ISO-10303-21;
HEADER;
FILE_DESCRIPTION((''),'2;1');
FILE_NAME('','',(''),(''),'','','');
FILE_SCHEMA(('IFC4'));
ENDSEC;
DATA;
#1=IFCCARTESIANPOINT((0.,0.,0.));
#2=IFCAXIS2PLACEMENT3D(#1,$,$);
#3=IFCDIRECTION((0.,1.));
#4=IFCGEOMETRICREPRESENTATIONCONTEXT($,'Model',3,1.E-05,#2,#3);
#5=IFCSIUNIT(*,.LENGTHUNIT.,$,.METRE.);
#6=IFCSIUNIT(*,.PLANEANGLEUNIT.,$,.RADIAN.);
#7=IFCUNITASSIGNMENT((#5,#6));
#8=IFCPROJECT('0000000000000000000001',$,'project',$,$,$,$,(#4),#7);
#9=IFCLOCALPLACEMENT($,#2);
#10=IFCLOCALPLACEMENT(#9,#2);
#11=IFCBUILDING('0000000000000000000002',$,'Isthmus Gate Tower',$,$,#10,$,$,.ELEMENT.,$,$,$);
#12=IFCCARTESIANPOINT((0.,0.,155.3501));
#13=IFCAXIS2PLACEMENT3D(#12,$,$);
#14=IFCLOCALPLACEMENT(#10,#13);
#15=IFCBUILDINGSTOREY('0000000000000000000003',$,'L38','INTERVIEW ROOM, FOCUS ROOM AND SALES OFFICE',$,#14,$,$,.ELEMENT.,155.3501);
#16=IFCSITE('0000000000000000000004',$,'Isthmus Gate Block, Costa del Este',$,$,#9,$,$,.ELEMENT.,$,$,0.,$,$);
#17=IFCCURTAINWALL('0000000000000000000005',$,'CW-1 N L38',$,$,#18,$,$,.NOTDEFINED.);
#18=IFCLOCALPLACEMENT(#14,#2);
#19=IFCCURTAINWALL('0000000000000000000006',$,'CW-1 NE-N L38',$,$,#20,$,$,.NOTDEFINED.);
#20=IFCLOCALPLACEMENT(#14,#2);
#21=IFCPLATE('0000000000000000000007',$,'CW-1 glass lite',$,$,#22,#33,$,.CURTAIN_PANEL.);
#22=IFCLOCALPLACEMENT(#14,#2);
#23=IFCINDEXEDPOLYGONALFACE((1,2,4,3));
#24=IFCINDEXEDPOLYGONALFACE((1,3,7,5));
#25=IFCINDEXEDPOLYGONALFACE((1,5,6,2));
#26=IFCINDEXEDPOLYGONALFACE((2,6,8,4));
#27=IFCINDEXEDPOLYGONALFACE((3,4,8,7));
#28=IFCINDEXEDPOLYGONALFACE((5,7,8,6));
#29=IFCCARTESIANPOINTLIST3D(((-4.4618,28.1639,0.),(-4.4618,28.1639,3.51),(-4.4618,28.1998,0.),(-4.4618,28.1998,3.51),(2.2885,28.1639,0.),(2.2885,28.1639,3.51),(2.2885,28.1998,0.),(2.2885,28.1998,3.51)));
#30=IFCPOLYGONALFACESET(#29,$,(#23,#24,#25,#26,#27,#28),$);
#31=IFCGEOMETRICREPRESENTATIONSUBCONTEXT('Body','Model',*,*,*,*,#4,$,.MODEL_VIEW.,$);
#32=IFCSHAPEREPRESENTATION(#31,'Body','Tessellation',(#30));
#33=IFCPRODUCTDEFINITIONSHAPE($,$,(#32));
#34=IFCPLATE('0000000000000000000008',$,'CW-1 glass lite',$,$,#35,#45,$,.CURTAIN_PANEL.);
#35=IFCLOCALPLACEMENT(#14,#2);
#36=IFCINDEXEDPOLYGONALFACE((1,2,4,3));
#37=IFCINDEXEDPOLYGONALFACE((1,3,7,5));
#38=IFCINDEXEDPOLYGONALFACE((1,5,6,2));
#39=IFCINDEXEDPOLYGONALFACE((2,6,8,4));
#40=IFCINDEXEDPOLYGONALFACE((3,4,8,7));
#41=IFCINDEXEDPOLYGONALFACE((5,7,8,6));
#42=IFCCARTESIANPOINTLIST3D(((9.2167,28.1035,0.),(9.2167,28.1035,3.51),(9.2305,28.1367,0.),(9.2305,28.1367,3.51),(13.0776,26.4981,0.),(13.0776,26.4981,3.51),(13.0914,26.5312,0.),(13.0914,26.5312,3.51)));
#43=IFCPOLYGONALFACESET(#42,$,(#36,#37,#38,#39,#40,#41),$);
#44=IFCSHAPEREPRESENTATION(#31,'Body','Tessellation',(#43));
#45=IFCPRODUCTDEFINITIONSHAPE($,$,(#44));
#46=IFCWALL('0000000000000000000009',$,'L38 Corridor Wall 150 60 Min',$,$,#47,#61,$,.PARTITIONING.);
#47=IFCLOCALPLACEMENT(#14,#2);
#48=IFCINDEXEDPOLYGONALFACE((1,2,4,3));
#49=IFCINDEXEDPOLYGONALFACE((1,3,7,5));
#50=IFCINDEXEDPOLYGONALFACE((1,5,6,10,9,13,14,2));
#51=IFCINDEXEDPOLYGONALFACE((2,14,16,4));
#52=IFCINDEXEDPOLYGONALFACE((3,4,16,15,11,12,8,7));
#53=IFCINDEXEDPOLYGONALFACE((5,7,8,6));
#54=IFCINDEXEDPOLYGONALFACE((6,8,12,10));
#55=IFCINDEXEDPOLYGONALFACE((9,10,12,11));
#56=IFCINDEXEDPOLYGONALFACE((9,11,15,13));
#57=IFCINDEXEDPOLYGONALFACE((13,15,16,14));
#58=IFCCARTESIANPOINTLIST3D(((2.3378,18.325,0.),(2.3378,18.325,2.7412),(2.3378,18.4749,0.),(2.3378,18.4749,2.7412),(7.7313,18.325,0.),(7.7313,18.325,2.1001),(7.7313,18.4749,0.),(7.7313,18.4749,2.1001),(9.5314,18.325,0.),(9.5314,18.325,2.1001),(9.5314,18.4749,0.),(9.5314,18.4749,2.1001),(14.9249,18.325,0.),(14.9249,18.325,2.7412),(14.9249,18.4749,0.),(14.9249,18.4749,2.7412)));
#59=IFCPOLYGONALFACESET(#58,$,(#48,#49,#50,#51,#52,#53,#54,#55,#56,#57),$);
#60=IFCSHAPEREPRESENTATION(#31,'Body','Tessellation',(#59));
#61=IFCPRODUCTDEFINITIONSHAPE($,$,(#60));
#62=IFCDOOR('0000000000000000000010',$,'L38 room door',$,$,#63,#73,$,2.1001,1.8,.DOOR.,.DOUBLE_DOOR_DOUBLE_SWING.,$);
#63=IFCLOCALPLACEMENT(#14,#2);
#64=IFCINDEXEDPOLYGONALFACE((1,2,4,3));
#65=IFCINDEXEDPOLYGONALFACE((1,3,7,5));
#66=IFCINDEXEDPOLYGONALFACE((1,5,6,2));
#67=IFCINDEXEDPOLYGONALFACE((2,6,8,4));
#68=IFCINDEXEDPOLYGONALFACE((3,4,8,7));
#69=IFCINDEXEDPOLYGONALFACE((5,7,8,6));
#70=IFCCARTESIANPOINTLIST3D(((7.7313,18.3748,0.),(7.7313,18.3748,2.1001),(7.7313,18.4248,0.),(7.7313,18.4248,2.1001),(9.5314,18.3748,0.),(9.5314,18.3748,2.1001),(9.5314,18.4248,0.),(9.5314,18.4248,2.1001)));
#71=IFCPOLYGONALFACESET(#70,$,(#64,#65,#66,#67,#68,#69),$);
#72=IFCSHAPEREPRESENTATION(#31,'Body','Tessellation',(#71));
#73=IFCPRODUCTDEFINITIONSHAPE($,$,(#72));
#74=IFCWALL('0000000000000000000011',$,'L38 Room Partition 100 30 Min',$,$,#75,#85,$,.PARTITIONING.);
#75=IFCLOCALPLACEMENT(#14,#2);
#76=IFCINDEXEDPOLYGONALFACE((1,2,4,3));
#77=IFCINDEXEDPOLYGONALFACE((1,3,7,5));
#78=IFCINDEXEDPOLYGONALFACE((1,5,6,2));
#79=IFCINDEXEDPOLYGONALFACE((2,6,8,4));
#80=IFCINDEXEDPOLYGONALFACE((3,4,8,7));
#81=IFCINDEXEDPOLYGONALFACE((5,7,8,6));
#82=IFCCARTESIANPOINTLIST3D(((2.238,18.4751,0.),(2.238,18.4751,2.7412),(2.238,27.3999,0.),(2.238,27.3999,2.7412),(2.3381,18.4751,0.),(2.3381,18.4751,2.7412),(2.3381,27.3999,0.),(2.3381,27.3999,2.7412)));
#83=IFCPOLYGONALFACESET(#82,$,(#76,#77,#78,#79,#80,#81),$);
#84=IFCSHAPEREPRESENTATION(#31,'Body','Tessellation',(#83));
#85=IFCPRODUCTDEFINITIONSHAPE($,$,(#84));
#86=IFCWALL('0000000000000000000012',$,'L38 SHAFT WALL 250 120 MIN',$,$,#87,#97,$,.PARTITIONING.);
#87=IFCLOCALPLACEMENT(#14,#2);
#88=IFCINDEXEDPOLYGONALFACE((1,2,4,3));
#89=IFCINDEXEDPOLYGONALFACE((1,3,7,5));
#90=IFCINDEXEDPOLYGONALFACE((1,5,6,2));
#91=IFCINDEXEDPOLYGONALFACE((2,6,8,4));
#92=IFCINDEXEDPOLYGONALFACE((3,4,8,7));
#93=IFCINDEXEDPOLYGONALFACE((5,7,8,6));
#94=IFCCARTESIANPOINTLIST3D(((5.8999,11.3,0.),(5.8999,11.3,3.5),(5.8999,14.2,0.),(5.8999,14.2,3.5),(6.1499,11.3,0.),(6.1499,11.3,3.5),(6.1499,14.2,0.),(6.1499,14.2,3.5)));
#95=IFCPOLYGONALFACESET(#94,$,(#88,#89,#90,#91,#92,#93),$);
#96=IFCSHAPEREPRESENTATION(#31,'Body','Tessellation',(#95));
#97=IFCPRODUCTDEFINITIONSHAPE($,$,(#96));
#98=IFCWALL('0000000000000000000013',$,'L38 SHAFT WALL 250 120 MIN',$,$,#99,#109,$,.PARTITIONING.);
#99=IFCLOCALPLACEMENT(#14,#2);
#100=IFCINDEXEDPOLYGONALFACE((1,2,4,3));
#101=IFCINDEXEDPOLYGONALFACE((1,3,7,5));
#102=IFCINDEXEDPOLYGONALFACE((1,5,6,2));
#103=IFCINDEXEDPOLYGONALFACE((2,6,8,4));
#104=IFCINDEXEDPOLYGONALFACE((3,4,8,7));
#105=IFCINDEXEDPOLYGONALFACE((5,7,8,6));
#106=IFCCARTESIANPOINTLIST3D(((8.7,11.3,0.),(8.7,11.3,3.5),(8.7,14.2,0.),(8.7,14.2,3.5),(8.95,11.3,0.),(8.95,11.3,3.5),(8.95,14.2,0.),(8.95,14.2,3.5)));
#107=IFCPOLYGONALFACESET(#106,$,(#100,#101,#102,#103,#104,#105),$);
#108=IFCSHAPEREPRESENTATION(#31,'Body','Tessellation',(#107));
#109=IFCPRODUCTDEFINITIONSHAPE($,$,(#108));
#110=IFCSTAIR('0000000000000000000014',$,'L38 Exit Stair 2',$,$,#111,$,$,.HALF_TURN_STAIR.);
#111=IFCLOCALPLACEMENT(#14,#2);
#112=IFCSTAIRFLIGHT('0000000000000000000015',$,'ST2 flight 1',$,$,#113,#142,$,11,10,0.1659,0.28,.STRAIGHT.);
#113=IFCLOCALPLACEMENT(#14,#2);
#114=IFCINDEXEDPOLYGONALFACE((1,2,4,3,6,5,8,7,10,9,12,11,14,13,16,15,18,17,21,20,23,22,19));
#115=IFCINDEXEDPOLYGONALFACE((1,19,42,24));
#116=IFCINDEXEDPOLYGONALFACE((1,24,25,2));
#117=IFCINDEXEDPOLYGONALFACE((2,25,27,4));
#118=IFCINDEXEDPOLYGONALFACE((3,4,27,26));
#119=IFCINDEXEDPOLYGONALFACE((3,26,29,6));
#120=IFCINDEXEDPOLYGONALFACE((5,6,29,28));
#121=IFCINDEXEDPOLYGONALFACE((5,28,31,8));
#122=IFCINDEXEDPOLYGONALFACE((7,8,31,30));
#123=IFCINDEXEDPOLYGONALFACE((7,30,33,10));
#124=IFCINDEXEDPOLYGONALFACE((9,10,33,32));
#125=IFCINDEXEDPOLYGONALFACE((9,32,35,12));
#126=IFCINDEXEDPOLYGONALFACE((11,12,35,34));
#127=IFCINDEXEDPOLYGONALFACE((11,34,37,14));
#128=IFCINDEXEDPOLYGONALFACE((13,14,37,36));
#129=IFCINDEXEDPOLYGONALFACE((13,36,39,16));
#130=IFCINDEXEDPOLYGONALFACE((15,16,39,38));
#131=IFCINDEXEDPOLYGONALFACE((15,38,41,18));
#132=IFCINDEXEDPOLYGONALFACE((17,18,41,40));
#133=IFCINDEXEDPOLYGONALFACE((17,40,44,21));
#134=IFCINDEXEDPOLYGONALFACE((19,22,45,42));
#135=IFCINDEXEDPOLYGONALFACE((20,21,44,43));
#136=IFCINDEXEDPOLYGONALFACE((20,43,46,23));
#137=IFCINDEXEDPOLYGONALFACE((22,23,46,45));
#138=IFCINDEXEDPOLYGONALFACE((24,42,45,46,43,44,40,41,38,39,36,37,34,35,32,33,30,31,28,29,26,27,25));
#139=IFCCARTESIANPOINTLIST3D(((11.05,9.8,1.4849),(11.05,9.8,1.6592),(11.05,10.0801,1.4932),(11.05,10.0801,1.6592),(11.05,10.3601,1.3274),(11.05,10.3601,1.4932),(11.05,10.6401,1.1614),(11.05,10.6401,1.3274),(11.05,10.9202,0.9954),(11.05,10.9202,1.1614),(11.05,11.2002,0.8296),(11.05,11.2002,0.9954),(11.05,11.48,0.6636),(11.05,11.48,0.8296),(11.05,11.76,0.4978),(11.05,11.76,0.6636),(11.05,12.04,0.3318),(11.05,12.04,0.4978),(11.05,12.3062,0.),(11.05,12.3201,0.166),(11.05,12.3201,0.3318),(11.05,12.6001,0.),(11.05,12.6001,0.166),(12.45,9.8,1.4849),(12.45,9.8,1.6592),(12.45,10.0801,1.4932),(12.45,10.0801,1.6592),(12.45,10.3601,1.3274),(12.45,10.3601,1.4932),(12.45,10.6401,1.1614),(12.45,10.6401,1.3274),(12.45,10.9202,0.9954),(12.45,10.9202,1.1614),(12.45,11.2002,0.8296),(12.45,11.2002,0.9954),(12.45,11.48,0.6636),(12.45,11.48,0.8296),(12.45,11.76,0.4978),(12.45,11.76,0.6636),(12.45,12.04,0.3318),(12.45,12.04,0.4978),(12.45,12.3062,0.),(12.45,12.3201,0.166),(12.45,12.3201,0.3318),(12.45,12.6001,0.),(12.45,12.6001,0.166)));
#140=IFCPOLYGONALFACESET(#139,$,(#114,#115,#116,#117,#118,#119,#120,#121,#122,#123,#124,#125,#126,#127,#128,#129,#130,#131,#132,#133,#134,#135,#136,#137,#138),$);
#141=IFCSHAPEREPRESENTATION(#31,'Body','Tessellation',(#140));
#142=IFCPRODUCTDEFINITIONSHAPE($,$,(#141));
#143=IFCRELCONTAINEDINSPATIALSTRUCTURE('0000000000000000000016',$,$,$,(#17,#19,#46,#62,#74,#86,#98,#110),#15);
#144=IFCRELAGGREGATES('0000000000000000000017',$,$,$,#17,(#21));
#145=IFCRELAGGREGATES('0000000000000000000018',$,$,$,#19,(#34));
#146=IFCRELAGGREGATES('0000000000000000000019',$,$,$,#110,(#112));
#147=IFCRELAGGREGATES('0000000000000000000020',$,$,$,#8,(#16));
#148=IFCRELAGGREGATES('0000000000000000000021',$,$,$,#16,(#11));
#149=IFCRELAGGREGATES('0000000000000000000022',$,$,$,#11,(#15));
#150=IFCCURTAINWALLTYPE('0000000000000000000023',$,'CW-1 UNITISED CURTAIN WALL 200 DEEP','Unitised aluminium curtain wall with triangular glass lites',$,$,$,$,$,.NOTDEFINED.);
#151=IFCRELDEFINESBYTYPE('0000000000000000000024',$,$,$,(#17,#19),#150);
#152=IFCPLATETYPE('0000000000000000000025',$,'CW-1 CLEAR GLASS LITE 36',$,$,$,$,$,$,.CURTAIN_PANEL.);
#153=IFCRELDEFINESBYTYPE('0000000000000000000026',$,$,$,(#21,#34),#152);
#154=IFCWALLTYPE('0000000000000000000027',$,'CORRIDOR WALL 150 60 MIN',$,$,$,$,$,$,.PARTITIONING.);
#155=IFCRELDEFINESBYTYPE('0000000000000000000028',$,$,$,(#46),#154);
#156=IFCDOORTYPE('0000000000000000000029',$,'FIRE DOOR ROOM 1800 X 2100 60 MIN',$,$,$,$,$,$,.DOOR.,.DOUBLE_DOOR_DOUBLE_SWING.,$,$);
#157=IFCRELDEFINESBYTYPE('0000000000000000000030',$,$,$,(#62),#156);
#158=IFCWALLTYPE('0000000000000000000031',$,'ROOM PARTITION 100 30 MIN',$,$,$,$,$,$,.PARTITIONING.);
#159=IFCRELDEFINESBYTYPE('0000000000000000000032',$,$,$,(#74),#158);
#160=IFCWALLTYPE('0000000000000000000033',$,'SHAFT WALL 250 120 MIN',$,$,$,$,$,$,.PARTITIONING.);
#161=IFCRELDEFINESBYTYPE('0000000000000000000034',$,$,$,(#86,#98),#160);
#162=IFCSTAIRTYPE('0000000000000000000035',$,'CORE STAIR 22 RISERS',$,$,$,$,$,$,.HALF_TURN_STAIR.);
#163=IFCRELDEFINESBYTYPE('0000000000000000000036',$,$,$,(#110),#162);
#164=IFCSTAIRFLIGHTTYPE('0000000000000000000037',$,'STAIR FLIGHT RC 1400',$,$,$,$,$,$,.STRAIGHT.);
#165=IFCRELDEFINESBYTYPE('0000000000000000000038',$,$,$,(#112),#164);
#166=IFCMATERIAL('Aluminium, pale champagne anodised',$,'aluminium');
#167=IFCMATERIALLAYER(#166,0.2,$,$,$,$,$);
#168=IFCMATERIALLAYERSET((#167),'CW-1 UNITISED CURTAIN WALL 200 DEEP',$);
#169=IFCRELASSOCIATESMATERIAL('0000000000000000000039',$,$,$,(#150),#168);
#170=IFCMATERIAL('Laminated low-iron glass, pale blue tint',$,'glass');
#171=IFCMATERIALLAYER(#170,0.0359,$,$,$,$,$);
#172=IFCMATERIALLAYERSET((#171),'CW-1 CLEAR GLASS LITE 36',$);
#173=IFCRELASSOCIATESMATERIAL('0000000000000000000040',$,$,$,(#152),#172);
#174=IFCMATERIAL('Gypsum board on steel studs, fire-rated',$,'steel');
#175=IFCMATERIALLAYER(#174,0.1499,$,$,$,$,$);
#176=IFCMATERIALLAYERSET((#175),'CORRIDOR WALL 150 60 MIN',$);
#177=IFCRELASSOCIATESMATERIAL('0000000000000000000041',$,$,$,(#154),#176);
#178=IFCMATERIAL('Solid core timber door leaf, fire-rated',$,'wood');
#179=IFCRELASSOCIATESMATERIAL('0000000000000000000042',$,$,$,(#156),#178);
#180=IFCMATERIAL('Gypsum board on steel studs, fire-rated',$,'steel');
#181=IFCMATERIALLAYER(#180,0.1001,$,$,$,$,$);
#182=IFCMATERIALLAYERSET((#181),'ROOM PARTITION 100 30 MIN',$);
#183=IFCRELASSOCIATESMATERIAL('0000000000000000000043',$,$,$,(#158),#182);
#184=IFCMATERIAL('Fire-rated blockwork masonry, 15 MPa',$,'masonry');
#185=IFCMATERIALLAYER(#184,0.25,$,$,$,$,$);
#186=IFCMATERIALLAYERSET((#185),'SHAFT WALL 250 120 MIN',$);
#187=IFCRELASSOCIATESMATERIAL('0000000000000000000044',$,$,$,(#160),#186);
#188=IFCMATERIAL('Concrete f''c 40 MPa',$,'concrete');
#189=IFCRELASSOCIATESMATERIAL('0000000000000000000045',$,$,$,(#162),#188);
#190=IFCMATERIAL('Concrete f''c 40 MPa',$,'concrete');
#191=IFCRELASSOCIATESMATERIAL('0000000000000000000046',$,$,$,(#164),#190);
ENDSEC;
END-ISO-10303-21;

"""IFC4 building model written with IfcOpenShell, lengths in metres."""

from ifc_helpers import new_model, si_unit, direction, frame, frame_2d, origin, origin_2d, place, context, subcontext, project, spatial, polyline, rectangle, outline, extrude, material, layer, layer_set, type_object, element, fill, aggregate, save


model = new_model("IFC4")

# Units and contexts
model_context = context("Model", 3, precision=1e-05, world=origin(), true_north=direction((0.0, 1.0)))
body_context = subcontext(model_context, "Body", "Model", "MODEL_VIEW")
ifc_project = project(units=[si_unit("LENGTHUNIT", "METRE"), si_unit("PLANEANGLEUNIT", "RADIAN")], contexts=[model_context])

# Site, building, storey
site_placement = place(None, origin())
site = spatial("IfcSite", under=ifc_project, at=site_placement, Name="Isthmus Gate Block, Costa del Este", CompositionType="ELEMENT", RefElevation=0.0)
building_placement = place(site_placement, origin())
building = spatial("IfcBuilding", under=site, at=building_placement, Name="Isthmus Gate Tower", CompositionType="ELEMENT")
storey_placement = place(building_placement, frame((0.0, 0.0, 155.3501)))
storey = spatial("IfcBuildingStorey", under=building, at=storey_placement, Name="L38", Description="INTERVIEW ROOM, FOCUS ROOM AND SALES OFFICE", CompositionType="ELEMENT", Elevation=155.3501)

# Curtain wall
ifc_material_1 = material(Name="Aluminium, pale champagne anodised", Category="aluminium")
ifc_layer_1 = layer(ifc_material_1, 0.2)
ifc_layer_set_1 = layer_set([ifc_layer_1], Name="CW-1 UNITISED CURTAIN WALL 200 DEEP")
curtain_wall_type = type_object("IfcCurtainWallType", Name="CW-1 UNITISED CURTAIN WALL 200 DEEP", Description="Unitised aluminium curtain wall with triangular glass lites", PredefinedType="NOTDEFINED", material=ifc_layer_set_1)
curtain_wall_1_placement = place(storey_placement, origin())
curtain_wall_1 = element("IfcCurtainWall", 1, at=curtain_wall_1_placement, inside=storey, type_object=curtain_wall_type, Name="CW-1 N L38", PredefinedType="NOTDEFINED")

# Curtain wall
curtain_wall_2_placement = place(storey_placement, origin())
curtain_wall_2 = element("IfcCurtainWall", 2, at=curtain_wall_2_placement, inside=storey, type_object=curtain_wall_type, Name="CW-1 NE-N L38", PredefinedType="NOTDEFINED")

# Plates
ifc_material_2 = material(Name="Laminated low-iron glass, pale blue tint", Category="glass")
ifc_layer_2 = layer(ifc_material_2, 0.0359)
ifc_layer_set_2 = layer_set([ifc_layer_2], Name="CW-1 CLEAR GLASS LITE 36")
plate_type = type_object("IfcPlateType", Name="CW-1 CLEAR GLASS LITE 36", PredefinedType="CURTAIN_PANEL", material=ifc_layer_set_2)
plate_1_placement = place(storey_placement, frame((-1.0867, 28.1819, 0.0), z_axis=(0.0, 0.0, 1.0), x_axis=(-1.0, 0.0, 0.0)))
plate_1 = element("IfcPlate", 3, at=plate_1_placement, type_object=plate_type, Name="CW-1 glass lite", PredefinedType="CURTAIN_PANEL", context=body_context, shape_type="SweptSolid", body=[
    extrude(rectangle(XDim=6.7502, YDim=0.0359, at=origin_2d()), origin(), (0.0, 0.0, 1.0), 3.51),
])
aggregate(curtain_wall_1, [plate_1])
plate_2_placement = place(storey_placement, frame((11.1541, 27.3174, 0.0), z_axis=(0.0, 0.0, 1.0), x_axis=(-0.923353, 0.383952, 0.0)))
plate_2 = element("IfcPlate", 4, at=plate_2_placement, type_object=plate_type, Name="CW-1 glass lite", PredefinedType="CURTAIN_PANEL", context=body_context, shape_type="SweptSolid", body=[
    extrude(rectangle(XDim=4.1814, YDim=0.0359, at=origin_2d()), origin(), (0.0, 0.0, 1.0), 3.51),
])
aggregate(curtain_wall_2, [plate_2])

# Wall, opening, door
ifc_material_3 = material(Name="Gypsum board on steel studs, fire-rated", Category="steel")
ifc_layer_3 = layer(ifc_material_3, 0.1499)
ifc_layer_set_3 = layer_set([ifc_layer_3], Name="CORRIDOR WALL 150 60 MIN")
wall_type_1 = type_object("IfcWallType", Name="CORRIDOR WALL 150 60 MIN", PredefinedType="PARTITIONING", material=ifc_layer_set_3)
wall_1_placement = place(storey_placement, frame((2.3379, 18.3999, 0.0), z_axis=(0.0, 0.0, 1.0), x_axis=(1.0, 0.0, 0.0)))
wall_1 = element("IfcWall", 5, at=wall_1_placement, inside=storey, type_object=wall_type_1, Name="L38 Corridor Wall 150 60 Min", PredefinedType="PARTITIONING", context=body_context, shape_type="SweptSolid", body=[
    extrude(rectangle(XDim=12.5872, YDim=0.1499, at=frame_2d((6.2935, 0.0))), origin(), (0.0, 0.0, 1.0), 2.7412),
])
opening_placement = place(wall_1_placement, frame((5.3936, 0.0, 0.0)))
opening = element("IfcOpeningElement", 6, at=opening_placement, cuts=wall_1, PredefinedType="OPENING", context=body_context, shape_type="SweptSolid", body=[
    extrude(rectangle(XDim=1.8, YDim=2.1001, at=frame_2d((0.8999, 1.05))), frame((0.0, 0.085, 0.0), z_axis=(0.0, -1.0, 0.0), x_axis=(1.0, 0.0, 0.0)), (0.0, 0.0, 1.0), 0.1699),
])
ifc_material_4 = material(Name="Solid core timber door leaf, fire-rated", Category="wood")
door_type = type_object("IfcDoorType", Name="FIRE DOOR ROOM 1800 X 2100 60 MIN", OperationType="DOUBLE_DOOR_DOUBLE_SWING", PredefinedType="DOOR", material=ifc_material_4)
door_placement = place(opening_placement, origin())
door = element("IfcDoor", 7, at=door_placement, inside=storey, type_object=door_type, Name="L38 room door", OperationType="DOUBLE_DOOR_DOUBLE_SWING", OverallHeight=2.1001, OverallWidth=1.8, PredefinedType="DOOR", context=body_context, shape_type="SweptSolid", body=[
    extrude(rectangle(XDim=1.8, YDim=2.1001, at=frame_2d((0.8999, 1.05))), frame((0.0, 0.0249, 0.0), z_axis=(0.0, -1.0, 0.0), x_axis=(1.0, 0.0, 0.0)), (0.0, 0.0, 1.0), 0.05),
])
fill(opening, door)

# Walls
ifc_material_5 = material(Name="Gypsum board on steel studs, fire-rated", Category="steel")
ifc_layer_4 = layer(ifc_material_5, 0.1001)
ifc_layer_set_4 = layer_set([ifc_layer_4], Name="ROOM PARTITION 100 30 MIN")
wall_type_2 = type_object("IfcWallType", Name="ROOM PARTITION 100 30 MIN", PredefinedType="PARTITIONING", material=ifc_layer_set_4)
wall_2_placement = place(storey_placement, frame((2.2881, 18.4751, 0.0), z_axis=(0.0, 0.0, 1.0), x_axis=(0.0, 1.0, 0.0)))
element("IfcWall", 8, at=wall_2_placement, inside=storey, type_object=wall_type_2, Name="L38 Room Partition 100 30 Min", PredefinedType="PARTITIONING", context=body_context, shape_type="SweptSolid", body=[
    extrude(rectangle(XDim=8.9248, YDim=0.1001, at=frame_2d((4.4624, 0.0))), origin(), (0.0, 0.0, 1.0), 2.7412),
])
ifc_material_6 = material(Name="Fire-rated blockwork masonry, 15 MPa", Category="masonry")
ifc_layer_5 = layer(ifc_material_6, 0.25)
ifc_layer_set_5 = layer_set([ifc_layer_5], Name="SHAFT WALL 250 120 MIN")
wall_type_3 = type_object("IfcWallType", Name="SHAFT WALL 250 120 MIN", PredefinedType="PARTITIONING", material=ifc_layer_set_5)
for number, where, z_axis, x_axis, name in (
    (9, (6.0249, 11.3, 0.0), (0.0, 0.0, 1.0), (0.0, 1.0, 0.0), "L38 SHAFT WALL 250 120 MIN"),
    (10, (8.825, 11.3, 0.0), (0.0, 0.0, 1.0), (0.0, 1.0, 0.0), "L38 SHAFT WALL 250 120 MIN"),
):
    element("IfcWall", number, at=place(storey_placement, frame(where, z_axis=z_axis, x_axis=x_axis)), inside=storey, type_object=wall_type_3, Name=name, PredefinedType="PARTITIONING", context=body_context, shape_type="SweptSolid", body=[
        extrude(rectangle(XDim=2.8999, YDim=0.25, at=frame_2d((1.45, 0.0))), origin(), (0.0, 0.0, 1.0), 3.5),
    ])

# Stair, stair flight
ifc_material_7 = material(Name="Concrete f'c 40 MPa", Category="concrete")
stair_type = type_object("IfcStairType", Name="CORE STAIR 22 RISERS", PredefinedType="HALF_TURN_STAIR", material=ifc_material_7)
stair_placement = place(storey_placement, origin())
stair = element("IfcStair", 11, at=stair_placement, inside=storey, type_object=stair_type, Name="L38 Exit Stair 2", PredefinedType="HALF_TURN_STAIR")
ifc_material_8 = material(Name="Concrete f'c 40 MPa", Category="concrete")
stair_flight_type = type_object("IfcStairFlightType", Name="STAIR FLIGHT RC 1400", PredefinedType="STRAIGHT", material=ifc_material_8)
stair_flight_placement = place(storey_placement, frame((11.75, 12.6001, 0.0), z_axis=(0.0, 0.0, 1.0), x_axis=(0.0, -1.0, 0.0)))
stair_flight = element("IfcStairFlight", 12, at=stair_flight_placement, type_object=stair_flight_type, Name="ST2 flight 1", NumberOfRisers=11, NumberOfTreads=10, PredefinedType="STRAIGHT", RiserHeight=0.1659, TreadLength=0.28, context=body_context, shape_type="SweptSolid", body=[
    extrude(outline(polyline([(0.0, 0.0), (0.0, 0.166), (0.28, 0.166), (0.28, 0.3318), (0.5601, 0.3318), (0.5601, 0.4978), (0.8401, 0.4978), (0.8401, 0.6636), (1.1201, 0.6636), (1.1201, 0.8296), (1.3999, 0.8296), (1.3999, 0.9954), (1.6799, 0.9954), (1.6799, 1.1614), (1.96, 1.1614), (1.96, 1.3274), (2.24, 1.3274), (2.24, 1.4932), (2.52, 1.4932), (2.52, 1.6592), (2.8, 1.6592), (2.8, 1.825), (2.8, 1.4849), (0.2939, 0.0), (0.0, 0.0)])), frame((0.0, 0.7, 0.0), z_axis=(0.0, -1.0, 0.0), x_axis=(1.0, 0.0, 0.0)), (0.0, 0.0, 1.0), 1.3999),
])
aggregate(stair, [stair_flight])

save(model, "model.ifc")
